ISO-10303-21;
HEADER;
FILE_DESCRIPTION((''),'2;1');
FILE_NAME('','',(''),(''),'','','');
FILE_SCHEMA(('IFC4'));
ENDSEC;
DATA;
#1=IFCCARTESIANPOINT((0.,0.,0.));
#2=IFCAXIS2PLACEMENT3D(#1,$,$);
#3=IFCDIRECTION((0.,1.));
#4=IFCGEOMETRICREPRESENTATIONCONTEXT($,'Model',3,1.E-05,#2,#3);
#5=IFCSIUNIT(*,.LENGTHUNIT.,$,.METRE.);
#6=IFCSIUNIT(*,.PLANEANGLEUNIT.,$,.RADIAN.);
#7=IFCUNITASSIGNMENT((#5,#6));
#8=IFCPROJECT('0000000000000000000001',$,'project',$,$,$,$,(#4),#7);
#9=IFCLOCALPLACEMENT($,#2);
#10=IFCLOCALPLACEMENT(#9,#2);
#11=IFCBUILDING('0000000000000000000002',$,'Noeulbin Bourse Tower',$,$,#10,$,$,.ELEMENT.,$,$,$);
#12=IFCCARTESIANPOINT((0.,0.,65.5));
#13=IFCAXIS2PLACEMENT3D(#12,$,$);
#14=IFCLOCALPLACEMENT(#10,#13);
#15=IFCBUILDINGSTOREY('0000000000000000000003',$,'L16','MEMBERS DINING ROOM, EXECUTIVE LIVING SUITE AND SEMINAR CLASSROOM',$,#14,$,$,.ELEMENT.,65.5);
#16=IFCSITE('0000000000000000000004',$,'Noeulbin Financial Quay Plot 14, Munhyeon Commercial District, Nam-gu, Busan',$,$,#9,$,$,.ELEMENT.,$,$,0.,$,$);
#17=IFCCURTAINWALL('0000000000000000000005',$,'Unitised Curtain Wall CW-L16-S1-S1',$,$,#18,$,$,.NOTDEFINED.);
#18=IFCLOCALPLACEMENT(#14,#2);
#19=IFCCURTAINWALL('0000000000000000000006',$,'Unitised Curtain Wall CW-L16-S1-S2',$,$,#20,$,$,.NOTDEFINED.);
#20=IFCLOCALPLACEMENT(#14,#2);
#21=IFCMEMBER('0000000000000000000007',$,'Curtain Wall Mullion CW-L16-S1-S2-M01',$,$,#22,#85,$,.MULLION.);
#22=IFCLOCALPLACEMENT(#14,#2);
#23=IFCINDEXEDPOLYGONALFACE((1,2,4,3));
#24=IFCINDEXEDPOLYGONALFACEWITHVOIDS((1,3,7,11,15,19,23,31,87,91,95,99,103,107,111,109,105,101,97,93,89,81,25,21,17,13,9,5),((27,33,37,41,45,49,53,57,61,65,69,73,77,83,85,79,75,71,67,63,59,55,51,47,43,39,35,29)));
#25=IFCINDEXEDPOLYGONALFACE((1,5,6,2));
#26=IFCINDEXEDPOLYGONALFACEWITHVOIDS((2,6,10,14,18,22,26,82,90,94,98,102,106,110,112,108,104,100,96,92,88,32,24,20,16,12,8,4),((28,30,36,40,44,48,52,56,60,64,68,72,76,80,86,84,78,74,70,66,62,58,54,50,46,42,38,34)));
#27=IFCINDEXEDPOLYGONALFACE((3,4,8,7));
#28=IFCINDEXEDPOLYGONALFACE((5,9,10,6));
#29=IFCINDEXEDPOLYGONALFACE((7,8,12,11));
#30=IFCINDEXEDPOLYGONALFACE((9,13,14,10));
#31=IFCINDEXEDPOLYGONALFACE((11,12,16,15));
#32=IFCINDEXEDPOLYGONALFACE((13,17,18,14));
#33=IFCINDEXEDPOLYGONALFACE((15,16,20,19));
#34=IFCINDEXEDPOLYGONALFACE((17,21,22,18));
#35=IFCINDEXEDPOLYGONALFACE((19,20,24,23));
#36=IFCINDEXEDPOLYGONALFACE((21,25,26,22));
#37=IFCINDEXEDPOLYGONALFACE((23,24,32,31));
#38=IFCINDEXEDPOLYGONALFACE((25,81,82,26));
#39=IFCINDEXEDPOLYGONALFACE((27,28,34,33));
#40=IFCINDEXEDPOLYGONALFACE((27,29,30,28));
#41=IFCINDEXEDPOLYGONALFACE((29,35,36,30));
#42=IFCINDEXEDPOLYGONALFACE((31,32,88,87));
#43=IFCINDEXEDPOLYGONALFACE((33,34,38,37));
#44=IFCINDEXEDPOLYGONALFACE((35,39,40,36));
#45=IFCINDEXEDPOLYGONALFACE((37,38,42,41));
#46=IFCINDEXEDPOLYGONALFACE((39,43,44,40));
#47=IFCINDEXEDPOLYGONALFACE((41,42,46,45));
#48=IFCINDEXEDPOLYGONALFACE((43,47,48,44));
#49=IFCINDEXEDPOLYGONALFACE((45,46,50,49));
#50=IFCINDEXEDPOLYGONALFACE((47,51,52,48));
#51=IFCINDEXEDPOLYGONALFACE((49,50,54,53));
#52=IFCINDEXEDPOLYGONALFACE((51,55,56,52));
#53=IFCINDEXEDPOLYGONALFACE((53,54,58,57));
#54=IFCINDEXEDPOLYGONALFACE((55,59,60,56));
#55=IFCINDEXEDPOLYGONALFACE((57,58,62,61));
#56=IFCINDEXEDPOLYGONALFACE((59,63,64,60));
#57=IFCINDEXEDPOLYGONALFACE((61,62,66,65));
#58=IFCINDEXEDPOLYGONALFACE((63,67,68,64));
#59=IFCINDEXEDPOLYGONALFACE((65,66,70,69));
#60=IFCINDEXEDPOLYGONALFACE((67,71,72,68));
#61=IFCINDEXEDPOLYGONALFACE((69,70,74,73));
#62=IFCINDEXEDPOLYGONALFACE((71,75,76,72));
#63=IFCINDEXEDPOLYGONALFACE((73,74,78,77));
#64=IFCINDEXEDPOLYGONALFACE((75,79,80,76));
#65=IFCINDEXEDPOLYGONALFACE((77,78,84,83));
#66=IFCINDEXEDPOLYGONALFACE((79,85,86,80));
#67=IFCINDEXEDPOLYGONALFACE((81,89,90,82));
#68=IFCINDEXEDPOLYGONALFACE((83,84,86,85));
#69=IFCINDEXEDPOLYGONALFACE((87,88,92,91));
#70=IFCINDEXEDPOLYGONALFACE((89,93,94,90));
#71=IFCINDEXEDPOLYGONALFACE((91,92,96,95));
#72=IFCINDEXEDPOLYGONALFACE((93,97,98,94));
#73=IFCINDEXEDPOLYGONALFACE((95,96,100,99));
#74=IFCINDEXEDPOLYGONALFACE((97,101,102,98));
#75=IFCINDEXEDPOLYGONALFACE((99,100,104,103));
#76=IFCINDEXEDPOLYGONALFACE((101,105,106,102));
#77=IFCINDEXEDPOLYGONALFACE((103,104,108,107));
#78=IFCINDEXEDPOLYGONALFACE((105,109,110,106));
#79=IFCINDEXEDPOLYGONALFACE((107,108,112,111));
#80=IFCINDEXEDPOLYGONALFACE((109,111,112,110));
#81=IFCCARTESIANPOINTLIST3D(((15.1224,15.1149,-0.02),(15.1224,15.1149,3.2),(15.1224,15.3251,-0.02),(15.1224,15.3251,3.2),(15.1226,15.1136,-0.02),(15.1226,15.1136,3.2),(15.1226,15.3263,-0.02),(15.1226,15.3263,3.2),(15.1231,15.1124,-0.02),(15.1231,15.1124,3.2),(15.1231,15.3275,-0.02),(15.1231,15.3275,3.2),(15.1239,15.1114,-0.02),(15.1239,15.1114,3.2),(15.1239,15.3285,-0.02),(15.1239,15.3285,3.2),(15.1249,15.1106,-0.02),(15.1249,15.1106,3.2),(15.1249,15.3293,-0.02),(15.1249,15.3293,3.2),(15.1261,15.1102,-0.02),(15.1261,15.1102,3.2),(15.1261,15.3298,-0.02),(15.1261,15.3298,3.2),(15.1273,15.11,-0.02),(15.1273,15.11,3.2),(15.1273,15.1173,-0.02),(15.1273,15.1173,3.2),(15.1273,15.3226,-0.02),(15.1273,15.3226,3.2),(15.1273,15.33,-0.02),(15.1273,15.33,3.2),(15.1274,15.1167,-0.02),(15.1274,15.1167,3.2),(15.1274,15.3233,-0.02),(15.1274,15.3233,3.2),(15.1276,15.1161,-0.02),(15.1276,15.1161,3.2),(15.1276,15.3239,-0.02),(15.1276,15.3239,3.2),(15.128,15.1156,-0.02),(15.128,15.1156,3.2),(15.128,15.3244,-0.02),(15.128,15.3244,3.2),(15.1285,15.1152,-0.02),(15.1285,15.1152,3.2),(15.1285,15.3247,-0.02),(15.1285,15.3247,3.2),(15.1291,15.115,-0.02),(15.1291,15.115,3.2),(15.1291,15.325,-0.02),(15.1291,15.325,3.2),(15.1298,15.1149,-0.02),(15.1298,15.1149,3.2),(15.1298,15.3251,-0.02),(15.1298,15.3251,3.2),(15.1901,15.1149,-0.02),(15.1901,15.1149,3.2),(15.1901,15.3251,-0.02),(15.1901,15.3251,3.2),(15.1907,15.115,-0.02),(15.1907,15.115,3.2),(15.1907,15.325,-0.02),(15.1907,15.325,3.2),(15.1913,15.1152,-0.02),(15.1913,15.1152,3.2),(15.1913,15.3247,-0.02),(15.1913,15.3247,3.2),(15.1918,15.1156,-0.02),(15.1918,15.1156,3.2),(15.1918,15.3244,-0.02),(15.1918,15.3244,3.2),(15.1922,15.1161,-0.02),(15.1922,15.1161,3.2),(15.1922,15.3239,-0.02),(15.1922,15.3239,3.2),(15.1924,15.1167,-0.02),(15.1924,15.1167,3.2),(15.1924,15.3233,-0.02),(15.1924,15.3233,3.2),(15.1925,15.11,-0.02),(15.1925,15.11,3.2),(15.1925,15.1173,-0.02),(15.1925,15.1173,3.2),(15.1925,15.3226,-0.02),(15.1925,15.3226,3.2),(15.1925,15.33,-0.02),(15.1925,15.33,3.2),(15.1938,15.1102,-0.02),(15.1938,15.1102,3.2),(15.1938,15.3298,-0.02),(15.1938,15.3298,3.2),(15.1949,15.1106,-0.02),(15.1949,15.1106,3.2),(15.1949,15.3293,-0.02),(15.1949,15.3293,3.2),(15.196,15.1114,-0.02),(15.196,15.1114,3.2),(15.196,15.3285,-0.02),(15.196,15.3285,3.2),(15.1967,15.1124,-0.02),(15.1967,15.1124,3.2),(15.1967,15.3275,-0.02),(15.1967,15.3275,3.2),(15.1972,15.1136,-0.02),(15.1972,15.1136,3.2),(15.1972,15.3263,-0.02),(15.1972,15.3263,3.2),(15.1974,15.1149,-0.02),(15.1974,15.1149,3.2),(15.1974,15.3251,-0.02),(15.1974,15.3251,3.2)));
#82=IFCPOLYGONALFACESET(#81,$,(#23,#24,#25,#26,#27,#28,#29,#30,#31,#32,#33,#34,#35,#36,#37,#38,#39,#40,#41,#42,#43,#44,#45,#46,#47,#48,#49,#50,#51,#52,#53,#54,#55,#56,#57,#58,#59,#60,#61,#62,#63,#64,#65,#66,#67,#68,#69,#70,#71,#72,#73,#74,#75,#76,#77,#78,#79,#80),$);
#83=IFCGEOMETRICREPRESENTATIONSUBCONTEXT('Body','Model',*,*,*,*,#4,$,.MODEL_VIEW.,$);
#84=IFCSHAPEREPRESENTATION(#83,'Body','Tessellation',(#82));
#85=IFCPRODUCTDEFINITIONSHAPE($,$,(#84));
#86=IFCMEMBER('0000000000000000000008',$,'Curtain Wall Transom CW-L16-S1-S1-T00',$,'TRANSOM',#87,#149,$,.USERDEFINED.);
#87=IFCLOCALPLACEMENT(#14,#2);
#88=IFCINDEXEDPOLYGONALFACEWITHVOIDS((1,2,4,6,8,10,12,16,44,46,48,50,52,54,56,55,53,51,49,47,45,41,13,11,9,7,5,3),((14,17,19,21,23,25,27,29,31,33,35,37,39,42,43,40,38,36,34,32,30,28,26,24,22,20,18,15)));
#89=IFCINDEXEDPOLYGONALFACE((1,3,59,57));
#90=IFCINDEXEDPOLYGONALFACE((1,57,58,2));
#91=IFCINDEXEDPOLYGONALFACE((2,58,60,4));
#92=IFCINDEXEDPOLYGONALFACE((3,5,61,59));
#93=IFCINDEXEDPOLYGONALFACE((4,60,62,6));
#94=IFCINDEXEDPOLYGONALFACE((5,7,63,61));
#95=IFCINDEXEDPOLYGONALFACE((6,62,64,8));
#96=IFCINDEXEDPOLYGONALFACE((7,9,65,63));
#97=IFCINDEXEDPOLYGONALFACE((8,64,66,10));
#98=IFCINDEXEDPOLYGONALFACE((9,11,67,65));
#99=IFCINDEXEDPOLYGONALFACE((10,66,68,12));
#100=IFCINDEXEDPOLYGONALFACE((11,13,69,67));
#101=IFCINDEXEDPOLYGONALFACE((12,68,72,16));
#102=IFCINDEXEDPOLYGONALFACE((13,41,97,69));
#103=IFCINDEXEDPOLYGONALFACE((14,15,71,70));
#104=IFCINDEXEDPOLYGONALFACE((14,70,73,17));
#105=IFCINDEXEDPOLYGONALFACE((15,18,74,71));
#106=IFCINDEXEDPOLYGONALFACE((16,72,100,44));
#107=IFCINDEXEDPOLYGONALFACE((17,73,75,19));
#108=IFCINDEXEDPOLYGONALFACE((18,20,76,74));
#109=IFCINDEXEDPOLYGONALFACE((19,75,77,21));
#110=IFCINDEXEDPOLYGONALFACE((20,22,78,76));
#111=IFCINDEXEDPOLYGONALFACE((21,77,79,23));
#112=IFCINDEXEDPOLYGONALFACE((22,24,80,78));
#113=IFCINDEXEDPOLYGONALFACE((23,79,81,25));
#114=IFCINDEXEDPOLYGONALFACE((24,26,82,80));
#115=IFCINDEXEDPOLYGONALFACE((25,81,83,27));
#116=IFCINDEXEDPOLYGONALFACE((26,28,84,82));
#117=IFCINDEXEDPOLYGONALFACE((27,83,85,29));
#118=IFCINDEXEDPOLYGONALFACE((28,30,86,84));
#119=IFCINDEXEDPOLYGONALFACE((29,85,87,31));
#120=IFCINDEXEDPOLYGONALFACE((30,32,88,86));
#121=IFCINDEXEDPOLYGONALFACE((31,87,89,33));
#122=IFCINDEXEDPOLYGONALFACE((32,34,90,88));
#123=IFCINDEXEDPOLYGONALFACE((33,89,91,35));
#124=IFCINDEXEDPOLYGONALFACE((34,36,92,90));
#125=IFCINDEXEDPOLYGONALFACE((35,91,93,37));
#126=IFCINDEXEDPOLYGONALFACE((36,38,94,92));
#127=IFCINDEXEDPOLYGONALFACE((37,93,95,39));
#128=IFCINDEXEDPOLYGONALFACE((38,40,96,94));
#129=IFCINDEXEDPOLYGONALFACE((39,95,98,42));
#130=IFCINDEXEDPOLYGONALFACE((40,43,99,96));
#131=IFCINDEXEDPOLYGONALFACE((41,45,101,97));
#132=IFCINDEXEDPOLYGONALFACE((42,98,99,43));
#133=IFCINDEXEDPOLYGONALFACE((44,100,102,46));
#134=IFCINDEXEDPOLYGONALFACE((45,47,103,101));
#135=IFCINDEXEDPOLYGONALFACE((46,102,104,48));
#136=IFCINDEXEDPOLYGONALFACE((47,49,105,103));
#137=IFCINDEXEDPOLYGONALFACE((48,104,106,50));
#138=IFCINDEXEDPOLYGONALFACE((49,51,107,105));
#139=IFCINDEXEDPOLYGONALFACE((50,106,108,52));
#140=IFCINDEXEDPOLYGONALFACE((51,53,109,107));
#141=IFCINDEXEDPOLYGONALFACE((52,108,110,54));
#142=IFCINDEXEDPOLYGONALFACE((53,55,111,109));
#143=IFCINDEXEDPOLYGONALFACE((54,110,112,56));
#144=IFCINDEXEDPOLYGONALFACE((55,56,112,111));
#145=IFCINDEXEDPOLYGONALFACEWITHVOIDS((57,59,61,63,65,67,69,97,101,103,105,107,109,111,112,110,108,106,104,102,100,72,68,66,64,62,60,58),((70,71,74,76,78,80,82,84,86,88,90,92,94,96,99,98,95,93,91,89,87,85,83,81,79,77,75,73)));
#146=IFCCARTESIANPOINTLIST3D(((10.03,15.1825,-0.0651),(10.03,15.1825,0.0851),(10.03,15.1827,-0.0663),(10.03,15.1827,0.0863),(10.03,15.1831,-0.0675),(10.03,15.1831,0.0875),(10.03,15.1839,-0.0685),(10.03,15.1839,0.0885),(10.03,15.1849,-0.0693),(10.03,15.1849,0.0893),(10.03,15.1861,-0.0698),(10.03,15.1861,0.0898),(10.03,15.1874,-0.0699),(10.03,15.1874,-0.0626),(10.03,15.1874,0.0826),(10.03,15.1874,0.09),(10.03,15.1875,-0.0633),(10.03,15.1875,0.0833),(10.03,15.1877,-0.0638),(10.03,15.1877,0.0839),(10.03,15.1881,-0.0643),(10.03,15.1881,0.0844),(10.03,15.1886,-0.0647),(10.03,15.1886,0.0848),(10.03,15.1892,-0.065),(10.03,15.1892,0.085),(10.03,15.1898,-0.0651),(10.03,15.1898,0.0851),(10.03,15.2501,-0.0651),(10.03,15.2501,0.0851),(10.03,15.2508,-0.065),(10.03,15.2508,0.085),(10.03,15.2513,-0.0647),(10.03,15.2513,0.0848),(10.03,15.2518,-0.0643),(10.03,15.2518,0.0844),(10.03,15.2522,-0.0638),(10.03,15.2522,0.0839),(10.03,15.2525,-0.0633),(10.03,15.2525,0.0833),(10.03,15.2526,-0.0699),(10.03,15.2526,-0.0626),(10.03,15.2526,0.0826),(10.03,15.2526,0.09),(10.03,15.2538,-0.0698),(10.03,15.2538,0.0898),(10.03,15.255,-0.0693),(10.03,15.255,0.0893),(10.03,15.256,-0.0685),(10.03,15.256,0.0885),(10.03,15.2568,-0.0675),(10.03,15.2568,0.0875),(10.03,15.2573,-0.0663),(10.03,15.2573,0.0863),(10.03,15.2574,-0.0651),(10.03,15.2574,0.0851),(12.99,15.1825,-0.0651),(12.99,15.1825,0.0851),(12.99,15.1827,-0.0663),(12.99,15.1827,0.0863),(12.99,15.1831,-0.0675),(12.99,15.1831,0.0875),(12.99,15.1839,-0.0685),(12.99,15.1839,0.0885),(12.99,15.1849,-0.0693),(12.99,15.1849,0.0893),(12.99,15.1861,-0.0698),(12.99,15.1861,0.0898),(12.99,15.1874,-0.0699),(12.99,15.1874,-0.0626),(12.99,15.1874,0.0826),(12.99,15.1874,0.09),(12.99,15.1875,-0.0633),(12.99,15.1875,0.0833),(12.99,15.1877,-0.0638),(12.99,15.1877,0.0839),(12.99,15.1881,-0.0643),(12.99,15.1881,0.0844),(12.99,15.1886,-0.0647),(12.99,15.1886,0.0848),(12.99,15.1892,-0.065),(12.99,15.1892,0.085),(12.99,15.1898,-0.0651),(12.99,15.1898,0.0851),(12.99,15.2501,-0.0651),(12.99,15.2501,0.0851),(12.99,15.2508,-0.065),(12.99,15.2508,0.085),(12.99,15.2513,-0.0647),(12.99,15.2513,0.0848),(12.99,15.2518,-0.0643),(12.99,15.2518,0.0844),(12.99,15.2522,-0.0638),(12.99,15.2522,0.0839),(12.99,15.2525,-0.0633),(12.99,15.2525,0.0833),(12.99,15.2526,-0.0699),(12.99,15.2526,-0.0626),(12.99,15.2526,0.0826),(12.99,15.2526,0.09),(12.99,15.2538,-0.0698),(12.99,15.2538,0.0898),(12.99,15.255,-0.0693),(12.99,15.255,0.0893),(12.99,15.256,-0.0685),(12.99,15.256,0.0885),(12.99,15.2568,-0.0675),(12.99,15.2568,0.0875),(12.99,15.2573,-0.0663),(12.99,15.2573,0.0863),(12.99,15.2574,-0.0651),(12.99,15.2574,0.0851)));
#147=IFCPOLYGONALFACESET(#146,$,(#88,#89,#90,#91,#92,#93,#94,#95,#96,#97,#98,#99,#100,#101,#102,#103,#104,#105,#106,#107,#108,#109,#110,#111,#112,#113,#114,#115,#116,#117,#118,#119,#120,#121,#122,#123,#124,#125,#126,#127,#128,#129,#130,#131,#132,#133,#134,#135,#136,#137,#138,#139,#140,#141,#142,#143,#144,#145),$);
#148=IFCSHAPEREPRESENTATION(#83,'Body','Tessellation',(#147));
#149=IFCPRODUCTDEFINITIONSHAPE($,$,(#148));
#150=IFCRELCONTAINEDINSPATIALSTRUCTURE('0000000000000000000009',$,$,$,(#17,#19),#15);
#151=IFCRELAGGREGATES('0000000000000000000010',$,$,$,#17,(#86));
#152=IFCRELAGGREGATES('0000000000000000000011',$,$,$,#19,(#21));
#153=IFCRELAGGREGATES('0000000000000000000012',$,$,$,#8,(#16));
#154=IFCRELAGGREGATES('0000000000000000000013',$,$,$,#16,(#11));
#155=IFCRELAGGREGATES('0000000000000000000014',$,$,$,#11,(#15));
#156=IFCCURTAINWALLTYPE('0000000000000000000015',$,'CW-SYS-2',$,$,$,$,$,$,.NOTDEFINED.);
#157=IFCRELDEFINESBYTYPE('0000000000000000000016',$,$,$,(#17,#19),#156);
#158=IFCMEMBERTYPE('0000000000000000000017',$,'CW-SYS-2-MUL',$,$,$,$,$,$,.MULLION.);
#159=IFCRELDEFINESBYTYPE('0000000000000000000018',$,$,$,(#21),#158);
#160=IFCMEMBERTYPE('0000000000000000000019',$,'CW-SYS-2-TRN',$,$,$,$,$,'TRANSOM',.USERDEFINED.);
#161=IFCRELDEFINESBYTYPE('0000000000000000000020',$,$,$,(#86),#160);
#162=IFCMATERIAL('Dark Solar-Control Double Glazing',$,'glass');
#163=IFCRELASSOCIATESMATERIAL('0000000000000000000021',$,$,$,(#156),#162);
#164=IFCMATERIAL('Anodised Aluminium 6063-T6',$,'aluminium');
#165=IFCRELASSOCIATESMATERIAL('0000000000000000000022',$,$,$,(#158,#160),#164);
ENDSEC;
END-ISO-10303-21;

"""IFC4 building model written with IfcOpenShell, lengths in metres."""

from ifc_helpers import new_model, si_unit, direction, frame, origin, origin_2d, place, context, subcontext, project, spatial, hollow_rectangle, extrude, material, material_profile, profile_set, type_object, element, aggregate, save


model = new_model("IFC4")

# Units and contexts
model_context = context("Model", 3, precision=1e-05, world=origin(), true_north=direction((0.0, 1.0)))
body_context = subcontext(model_context, "Body", "Model", "MODEL_VIEW")
ifc_project = project(units=[si_unit("LENGTHUNIT", "METRE"), si_unit("PLANEANGLEUNIT", "RADIAN")], contexts=[model_context])

# Site, building, storey
site_placement = place(None, origin())
site = spatial("IfcSite", under=ifc_project, at=site_placement, Name="Noeulbin Financial Quay Plot 14, Munhyeon Commercial District, Nam-gu, Busan", CompositionType="ELEMENT", RefElevation=0.0)
building_placement = place(site_placement, origin())
building = spatial("IfcBuilding", under=site, at=building_placement, Name="Noeulbin Bourse Tower", CompositionType="ELEMENT")
storey_placement = place(building_placement, frame((0.0, 0.0, 65.5)))
storey = spatial("IfcBuildingStorey", under=building, at=storey_placement, Name="L16", Description="MEMBERS DINING ROOM, EXECUTIVE LIVING SUITE AND SEMINAR CLASSROOM", CompositionType="ELEMENT", Elevation=65.5)

# Curtain walls, member
ifc_material_1 = material(Name="Dark Solar-Control Double Glazing", Category="glass")
curtain_wall_type = type_object("IfcCurtainWallType", Name="CW-SYS-2", PredefinedType="NOTDEFINED", material=ifc_material_1)
curtain_wall_1_placement = place(storey_placement, origin())
curtain_wall_1 = element("IfcCurtainWall", 1, at=curtain_wall_1_placement, inside=storey, type_object=curtain_wall_type, Name="Unitised Curtain Wall CW-L16-S1-S1", PredefinedType="NOTDEFINED")
ifc_material_2 = material(Name="Anodised Aluminium 6063-T6", Category="aluminium")
ifc_material_profile_1 = material_profile(ifc_material_2, hollow_rectangle(XDim=0.075, YDim=0.22, WallThickness=0.0049, InnerFilletRadius=0.0024, OuterFilletRadius=0.0049, at=origin_2d()), Name="ALU-MULL-75x220x5", Category="LoadBearing")
ifc_profile_set_1 = profile_set([ifc_material_profile_1], Name="Anodised Aluminium 6063-T6")
member_type_1 = type_object("IfcMemberType", Name="CW-SYS-2-MUL", PredefinedType="MULLION", material=ifc_profile_set_1)
curtain_wall_2_placement = place(storey_placement, origin())
curtain_wall_2 = element("IfcCurtainWall", 2, at=curtain_wall_2_placement, inside=storey, type_object=curtain_wall_type, Name="Unitised Curtain Wall CW-L16-S1-S2", PredefinedType="NOTDEFINED")
member_1_placement = place(storey_placement, frame((15.1599, 15.22, -0.02), z_axis=(0.0, 0.0, 1.0), x_axis=(1.0, 0.0, 0.0)))
member_1 = element("IfcMember", 3, at=member_1_placement, type_object=member_type_1, Name="Curtain Wall Mullion CW-L16-S1-S2-M01", PredefinedType="MULLION", context=body_context, shape_type="SweptSolid", body=[
    extrude(hollow_rectangle(XDim=0.075, YDim=0.22, WallThickness=0.0049, InnerFilletRadius=0.0024, OuterFilletRadius=0.0049, at=origin_2d()), origin(), (0.0, 0.0, 1.0), 3.22),
])

# Member
ifc_material_profile_2 = material_profile(ifc_material_2, hollow_rectangle(XDim=0.075, YDim=0.1599, WallThickness=0.0049, InnerFilletRadius=0.0024, OuterFilletRadius=0.0049, at=origin_2d()), Name="ALU-TRAN-75x160x5", Category="LoadBearing")
ifc_profile_set_2 = profile_set([ifc_material_profile_2], Name="Anodised Aluminium 6063-T6")
member_type_2 = type_object("IfcMemberType", Name="CW-SYS-2-TRN", ElementType="TRANSOM", PredefinedType="USERDEFINED", material=ifc_profile_set_2)
member_2_placement = place(storey_placement, frame((10.03, 15.22, 0.01), z_axis=(1.0, 0.0, 0.0), x_axis=(0.0, 1.0, 0.0)))
member_2 = element("IfcMember", 4, at=member_2_placement, type_object=member_type_2, Name="Curtain Wall Transom CW-L16-S1-S1-T00", ObjectType="TRANSOM", PredefinedType="USERDEFINED", context=body_context, shape_type="SweptSolid", body=[
    extrude(hollow_rectangle(XDim=0.075, YDim=0.1599, WallThickness=0.0049, InnerFilletRadius=0.0024, OuterFilletRadius=0.0049, at=origin_2d()), origin(), (0.0, 0.0, 1.0), 2.96),
])

aggregate(curtain_wall_1, [member_2])
aggregate(curtain_wall_2, [member_1])

save(model, "model.ifc")
